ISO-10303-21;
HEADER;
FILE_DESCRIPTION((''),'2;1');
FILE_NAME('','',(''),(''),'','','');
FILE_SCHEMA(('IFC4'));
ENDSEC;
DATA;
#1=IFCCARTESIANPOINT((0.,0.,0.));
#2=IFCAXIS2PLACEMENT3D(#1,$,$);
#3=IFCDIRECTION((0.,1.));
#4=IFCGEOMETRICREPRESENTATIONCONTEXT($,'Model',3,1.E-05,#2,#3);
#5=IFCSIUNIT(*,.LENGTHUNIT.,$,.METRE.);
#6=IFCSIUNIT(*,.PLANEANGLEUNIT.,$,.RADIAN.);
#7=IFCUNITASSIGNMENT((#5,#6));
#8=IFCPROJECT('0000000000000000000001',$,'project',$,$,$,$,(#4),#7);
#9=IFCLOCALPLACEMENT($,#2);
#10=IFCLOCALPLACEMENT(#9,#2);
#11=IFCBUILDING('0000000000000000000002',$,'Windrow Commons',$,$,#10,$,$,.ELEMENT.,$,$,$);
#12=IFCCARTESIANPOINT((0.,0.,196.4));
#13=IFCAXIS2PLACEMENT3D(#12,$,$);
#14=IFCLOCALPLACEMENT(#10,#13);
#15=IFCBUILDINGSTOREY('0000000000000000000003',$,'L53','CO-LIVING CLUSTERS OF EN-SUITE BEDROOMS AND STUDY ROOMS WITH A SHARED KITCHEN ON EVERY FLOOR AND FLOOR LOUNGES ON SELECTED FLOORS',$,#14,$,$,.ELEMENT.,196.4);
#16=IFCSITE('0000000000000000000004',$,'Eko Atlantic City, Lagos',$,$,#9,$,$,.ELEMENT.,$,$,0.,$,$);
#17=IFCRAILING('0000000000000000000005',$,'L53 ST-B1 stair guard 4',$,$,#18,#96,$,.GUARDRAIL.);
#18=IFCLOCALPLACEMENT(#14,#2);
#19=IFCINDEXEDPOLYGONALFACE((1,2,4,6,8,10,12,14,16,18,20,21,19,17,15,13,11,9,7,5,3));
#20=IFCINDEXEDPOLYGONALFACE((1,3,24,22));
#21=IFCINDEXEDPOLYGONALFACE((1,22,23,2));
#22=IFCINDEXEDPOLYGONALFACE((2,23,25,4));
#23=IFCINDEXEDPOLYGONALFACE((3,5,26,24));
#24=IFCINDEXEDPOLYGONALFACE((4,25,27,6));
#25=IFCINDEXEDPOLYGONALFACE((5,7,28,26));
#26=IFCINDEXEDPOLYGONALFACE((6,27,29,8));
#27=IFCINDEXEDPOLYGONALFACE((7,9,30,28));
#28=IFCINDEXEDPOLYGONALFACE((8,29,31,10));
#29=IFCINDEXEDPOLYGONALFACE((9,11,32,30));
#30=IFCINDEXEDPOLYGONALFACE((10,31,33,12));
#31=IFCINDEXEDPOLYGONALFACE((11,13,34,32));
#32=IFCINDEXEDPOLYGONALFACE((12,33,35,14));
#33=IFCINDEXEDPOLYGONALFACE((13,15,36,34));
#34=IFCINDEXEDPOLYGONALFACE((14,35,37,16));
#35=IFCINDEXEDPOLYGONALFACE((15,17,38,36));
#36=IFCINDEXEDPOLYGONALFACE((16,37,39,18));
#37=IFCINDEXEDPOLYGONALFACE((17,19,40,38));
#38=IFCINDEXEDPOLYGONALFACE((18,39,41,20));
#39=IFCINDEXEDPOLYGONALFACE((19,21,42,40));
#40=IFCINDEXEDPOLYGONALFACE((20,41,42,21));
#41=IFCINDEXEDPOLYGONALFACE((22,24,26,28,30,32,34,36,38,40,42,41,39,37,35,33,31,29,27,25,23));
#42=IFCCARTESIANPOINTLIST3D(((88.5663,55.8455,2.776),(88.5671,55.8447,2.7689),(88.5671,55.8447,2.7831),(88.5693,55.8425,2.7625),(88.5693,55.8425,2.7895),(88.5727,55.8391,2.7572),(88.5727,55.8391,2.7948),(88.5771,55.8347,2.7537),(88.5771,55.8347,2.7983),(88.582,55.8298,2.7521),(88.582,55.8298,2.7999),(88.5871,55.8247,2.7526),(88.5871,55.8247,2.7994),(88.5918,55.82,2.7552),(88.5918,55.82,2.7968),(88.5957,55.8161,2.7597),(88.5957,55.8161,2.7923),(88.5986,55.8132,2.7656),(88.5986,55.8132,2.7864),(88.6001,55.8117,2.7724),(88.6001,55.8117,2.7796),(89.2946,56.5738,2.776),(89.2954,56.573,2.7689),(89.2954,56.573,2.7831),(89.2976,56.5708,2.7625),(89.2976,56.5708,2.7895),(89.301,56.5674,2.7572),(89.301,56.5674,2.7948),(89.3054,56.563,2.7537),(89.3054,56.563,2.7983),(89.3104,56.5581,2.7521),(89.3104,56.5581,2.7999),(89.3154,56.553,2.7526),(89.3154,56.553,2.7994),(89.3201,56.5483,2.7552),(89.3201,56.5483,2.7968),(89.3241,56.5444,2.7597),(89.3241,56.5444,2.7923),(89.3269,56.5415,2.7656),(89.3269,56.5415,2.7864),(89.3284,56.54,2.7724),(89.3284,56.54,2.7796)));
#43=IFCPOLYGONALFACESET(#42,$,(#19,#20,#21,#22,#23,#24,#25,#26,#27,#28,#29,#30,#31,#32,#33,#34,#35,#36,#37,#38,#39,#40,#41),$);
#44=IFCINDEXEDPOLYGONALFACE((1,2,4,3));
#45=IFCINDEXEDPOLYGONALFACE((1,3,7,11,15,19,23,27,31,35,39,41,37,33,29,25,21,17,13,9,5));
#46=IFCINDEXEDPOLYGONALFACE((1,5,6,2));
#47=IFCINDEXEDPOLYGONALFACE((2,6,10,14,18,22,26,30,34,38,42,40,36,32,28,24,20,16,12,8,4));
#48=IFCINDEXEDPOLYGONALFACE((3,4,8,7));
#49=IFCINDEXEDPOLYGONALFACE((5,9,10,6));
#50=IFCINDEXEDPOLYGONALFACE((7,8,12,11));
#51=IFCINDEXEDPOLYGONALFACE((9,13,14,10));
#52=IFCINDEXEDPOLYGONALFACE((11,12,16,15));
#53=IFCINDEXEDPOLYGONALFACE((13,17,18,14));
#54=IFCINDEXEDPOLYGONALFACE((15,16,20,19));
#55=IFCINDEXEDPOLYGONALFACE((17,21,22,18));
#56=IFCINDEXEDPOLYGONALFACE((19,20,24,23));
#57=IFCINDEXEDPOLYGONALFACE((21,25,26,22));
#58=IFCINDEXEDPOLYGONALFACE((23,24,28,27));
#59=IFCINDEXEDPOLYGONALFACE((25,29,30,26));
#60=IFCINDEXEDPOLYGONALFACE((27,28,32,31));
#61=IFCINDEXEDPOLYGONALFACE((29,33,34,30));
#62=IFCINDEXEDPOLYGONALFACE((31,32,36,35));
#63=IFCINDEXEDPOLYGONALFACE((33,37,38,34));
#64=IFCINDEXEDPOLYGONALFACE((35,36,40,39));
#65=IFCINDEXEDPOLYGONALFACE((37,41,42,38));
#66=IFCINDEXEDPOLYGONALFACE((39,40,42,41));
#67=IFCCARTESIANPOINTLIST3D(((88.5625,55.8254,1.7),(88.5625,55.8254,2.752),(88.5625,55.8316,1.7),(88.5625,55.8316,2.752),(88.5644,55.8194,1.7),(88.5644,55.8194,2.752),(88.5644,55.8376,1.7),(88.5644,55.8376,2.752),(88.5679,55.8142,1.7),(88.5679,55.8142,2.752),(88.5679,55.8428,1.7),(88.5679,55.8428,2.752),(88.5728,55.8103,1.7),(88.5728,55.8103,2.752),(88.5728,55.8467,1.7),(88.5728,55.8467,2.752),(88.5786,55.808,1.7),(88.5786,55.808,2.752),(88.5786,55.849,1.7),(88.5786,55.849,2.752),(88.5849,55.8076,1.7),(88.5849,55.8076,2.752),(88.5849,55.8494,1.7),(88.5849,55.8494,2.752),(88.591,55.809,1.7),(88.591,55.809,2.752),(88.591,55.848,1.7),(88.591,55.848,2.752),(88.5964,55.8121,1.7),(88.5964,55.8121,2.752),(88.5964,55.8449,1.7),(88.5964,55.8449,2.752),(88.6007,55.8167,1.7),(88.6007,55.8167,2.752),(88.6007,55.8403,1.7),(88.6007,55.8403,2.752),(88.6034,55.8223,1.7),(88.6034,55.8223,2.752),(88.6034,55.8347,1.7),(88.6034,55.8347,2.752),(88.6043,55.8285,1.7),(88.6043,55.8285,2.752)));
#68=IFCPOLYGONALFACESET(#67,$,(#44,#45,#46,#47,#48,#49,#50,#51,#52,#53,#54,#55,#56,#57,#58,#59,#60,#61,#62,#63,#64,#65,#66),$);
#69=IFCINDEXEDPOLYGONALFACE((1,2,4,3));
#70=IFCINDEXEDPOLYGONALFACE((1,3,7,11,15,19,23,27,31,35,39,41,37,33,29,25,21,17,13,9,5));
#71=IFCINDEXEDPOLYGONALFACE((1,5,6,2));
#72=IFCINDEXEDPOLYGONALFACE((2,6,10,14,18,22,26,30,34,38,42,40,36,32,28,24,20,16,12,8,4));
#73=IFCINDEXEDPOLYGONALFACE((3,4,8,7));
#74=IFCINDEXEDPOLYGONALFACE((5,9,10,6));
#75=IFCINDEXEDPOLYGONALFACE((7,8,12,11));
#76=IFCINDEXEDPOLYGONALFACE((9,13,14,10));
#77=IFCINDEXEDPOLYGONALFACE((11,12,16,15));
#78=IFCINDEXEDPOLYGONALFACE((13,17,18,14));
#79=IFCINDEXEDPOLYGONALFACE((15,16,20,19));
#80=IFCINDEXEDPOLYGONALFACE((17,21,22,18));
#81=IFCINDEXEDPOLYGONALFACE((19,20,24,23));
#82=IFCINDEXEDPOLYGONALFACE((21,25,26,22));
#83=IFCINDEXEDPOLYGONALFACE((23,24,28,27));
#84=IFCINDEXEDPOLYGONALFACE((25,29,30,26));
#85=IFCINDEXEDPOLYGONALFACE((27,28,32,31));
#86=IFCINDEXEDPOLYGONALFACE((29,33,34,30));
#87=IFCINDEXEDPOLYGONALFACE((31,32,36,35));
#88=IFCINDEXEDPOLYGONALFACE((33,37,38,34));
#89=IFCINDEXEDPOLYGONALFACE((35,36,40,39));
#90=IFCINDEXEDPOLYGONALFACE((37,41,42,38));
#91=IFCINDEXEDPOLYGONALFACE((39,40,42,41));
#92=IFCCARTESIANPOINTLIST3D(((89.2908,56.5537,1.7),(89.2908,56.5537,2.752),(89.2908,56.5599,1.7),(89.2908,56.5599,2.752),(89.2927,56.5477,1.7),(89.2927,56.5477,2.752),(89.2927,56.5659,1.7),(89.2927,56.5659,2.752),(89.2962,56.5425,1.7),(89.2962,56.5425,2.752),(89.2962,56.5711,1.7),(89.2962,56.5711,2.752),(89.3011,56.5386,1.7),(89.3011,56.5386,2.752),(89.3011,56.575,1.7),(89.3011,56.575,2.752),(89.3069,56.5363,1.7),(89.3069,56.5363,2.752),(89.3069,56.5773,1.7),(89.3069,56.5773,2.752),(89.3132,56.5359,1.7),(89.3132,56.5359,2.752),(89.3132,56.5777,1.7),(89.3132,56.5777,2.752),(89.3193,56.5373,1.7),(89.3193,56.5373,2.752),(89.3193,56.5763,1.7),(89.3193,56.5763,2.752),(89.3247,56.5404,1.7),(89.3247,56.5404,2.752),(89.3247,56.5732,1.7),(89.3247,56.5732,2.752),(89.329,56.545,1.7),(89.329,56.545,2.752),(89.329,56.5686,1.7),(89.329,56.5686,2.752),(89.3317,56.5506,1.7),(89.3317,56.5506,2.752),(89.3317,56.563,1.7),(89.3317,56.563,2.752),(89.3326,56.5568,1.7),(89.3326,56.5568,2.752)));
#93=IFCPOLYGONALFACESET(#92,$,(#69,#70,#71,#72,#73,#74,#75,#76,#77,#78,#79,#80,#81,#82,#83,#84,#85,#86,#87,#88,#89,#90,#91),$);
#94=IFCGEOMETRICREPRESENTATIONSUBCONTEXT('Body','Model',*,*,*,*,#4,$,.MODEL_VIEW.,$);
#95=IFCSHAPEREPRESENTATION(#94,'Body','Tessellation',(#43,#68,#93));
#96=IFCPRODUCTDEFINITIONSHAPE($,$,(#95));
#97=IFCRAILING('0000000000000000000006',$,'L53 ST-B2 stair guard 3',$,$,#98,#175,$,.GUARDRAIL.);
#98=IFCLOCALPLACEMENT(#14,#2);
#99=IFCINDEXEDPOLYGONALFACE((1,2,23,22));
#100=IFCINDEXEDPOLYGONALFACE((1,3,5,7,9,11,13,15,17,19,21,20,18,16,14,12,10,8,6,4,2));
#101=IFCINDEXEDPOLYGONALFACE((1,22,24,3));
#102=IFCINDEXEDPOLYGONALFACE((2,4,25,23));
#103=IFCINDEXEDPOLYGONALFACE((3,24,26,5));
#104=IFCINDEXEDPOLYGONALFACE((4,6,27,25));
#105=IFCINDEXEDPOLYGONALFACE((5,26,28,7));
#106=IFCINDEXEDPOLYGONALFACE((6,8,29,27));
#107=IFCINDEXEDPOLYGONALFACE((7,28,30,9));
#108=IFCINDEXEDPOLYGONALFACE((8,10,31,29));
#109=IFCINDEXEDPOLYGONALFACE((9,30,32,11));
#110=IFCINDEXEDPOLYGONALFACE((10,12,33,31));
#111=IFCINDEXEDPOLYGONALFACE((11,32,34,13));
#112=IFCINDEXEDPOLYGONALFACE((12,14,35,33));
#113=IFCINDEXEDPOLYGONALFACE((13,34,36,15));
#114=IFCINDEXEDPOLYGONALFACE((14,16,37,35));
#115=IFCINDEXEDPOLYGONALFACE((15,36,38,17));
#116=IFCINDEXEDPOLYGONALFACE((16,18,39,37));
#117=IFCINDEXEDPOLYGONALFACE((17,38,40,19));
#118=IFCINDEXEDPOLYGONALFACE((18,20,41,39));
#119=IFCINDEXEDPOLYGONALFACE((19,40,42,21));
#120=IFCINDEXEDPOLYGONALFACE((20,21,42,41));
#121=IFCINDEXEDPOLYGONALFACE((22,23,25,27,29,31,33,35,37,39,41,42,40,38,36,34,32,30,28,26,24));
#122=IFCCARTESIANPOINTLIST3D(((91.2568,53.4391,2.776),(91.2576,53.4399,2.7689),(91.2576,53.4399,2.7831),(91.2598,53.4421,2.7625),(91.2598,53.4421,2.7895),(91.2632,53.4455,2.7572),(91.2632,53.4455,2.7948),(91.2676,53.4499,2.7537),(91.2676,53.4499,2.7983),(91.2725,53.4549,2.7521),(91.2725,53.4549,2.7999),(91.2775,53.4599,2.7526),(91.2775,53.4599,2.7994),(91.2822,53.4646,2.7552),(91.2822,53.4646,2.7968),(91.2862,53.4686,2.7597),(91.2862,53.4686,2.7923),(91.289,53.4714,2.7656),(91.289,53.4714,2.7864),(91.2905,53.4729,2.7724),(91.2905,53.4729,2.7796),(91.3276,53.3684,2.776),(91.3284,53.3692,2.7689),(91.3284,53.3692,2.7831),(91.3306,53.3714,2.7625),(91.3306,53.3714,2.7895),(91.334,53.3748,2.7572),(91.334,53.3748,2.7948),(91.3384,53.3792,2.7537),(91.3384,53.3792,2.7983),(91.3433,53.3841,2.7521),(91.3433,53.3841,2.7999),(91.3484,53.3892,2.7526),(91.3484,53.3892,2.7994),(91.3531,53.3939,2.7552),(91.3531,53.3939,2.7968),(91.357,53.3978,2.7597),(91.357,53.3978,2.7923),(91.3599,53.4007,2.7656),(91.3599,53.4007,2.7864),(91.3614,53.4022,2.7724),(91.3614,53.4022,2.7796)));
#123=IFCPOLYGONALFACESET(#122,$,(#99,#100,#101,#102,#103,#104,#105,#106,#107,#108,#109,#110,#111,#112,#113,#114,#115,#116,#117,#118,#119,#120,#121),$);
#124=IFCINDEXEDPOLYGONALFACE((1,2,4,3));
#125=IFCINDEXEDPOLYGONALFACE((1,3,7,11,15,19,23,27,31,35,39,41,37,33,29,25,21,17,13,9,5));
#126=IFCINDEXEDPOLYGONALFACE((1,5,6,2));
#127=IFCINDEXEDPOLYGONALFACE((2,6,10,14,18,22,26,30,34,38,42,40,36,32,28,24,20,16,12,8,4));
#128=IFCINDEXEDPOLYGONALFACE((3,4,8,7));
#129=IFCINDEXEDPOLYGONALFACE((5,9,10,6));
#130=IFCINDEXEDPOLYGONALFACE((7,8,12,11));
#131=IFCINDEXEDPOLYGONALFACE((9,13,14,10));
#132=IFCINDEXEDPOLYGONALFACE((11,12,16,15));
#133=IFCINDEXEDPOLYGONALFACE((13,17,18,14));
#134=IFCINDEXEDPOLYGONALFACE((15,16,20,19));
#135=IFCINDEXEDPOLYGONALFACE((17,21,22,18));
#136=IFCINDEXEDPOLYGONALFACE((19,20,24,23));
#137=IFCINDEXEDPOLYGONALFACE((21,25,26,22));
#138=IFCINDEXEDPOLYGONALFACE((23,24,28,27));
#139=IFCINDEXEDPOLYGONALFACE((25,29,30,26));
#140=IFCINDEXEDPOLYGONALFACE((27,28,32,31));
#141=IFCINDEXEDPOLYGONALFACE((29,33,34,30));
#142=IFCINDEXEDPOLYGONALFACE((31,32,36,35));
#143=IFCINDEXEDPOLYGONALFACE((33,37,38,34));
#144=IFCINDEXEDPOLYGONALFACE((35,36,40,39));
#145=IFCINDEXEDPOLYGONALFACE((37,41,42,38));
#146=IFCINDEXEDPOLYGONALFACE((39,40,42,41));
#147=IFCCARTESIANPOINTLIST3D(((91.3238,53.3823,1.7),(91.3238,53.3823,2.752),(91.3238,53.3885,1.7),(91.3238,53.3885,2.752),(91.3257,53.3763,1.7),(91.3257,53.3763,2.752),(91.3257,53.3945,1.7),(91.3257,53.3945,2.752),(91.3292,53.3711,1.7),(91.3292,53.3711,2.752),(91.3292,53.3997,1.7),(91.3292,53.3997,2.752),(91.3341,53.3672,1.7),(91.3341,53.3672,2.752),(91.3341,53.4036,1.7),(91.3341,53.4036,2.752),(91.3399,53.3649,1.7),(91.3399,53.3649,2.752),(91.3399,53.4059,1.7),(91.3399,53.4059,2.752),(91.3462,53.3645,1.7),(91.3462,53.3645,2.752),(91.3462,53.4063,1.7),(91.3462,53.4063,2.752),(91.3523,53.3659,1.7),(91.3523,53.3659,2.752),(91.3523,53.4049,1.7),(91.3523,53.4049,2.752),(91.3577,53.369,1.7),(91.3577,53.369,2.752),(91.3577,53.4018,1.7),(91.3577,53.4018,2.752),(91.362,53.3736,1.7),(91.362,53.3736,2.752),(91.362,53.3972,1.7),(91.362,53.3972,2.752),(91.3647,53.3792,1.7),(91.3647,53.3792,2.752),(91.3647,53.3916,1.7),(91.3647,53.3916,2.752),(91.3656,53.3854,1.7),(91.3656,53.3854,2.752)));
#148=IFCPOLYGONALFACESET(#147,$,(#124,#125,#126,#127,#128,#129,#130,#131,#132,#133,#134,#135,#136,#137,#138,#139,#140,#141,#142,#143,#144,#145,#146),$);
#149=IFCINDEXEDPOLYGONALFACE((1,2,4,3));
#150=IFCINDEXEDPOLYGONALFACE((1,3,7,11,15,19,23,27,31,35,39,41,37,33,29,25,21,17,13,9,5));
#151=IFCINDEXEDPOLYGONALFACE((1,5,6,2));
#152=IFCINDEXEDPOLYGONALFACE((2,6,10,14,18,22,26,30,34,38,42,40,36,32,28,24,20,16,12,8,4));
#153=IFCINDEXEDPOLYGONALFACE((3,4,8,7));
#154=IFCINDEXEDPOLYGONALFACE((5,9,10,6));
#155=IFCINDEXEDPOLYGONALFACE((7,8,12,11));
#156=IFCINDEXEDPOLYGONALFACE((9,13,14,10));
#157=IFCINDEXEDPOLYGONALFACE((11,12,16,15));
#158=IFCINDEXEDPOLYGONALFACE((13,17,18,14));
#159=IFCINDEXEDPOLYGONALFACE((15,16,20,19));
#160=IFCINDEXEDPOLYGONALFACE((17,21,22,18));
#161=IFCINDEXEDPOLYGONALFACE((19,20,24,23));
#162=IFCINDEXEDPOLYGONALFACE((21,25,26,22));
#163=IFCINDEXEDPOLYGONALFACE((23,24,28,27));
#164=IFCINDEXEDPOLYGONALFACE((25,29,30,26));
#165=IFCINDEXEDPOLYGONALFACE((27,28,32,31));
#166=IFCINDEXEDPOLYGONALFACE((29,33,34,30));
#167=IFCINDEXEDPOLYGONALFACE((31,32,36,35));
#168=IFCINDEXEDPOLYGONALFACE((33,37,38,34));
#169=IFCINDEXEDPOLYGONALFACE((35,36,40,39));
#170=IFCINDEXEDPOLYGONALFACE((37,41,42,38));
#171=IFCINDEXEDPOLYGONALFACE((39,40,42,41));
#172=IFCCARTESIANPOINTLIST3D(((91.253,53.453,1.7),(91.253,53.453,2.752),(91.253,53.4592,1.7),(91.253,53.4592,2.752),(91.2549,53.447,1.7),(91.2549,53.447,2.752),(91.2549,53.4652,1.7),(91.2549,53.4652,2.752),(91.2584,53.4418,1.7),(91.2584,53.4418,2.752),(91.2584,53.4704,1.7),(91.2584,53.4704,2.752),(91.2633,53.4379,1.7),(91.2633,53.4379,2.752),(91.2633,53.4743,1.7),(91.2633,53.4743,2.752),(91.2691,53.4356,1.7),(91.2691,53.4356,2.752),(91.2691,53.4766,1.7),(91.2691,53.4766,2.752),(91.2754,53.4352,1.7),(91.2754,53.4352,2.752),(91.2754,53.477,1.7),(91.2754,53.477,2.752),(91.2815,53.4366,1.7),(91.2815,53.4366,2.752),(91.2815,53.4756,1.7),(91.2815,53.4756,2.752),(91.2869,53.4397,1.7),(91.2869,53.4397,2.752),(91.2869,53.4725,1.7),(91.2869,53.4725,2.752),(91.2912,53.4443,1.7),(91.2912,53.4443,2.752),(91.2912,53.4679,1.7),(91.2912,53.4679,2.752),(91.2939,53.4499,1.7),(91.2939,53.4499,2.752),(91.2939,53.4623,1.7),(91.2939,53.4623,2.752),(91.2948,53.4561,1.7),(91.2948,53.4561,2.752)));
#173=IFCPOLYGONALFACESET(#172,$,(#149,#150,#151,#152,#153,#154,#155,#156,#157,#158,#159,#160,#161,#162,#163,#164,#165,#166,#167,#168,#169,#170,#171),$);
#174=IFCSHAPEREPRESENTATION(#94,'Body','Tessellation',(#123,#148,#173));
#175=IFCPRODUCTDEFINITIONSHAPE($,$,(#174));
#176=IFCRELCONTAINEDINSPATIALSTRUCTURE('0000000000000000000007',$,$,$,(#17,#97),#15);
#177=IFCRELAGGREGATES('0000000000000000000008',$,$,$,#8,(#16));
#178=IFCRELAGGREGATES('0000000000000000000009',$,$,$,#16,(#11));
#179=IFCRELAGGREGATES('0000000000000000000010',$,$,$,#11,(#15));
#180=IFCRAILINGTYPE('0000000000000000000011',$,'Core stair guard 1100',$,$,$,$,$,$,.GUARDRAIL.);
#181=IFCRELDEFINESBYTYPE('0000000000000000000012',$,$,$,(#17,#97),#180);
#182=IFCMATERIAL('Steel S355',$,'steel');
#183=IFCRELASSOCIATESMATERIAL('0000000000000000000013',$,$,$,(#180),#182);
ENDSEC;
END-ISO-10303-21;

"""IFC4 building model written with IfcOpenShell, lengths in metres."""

from ifc_helpers import new_model, si_unit, direction, frame, origin, origin_2d, place, context, subcontext, project, spatial, circle, extrude, material, type_object, element, save


model = new_model("IFC4")

# Units and contexts
model_context = context("Model", 3, precision=1e-05, world=origin(), true_north=direction((0.0, 1.0)))
body_context = subcontext(model_context, "Body", "Model", "MODEL_VIEW")
ifc_project = project(units=[si_unit("LENGTHUNIT", "METRE"), si_unit("PLANEANGLEUNIT", "RADIAN")], contexts=[model_context])

# Site, building, storey
site_placement = place(None, origin())
site = spatial("IfcSite", under=ifc_project, at=site_placement, Name="Eko Atlantic City, Lagos", CompositionType="ELEMENT", RefElevation=0.0)
building_placement = place(site_placement, origin())
building = spatial("IfcBuilding", under=site, at=building_placement, Name="Windrow Commons", CompositionType="ELEMENT")
storey_placement = place(building_placement, frame((0.0, 0.0, 196.4)))
storey = spatial("IfcBuildingStorey", under=building, at=storey_placement, Name="L53", Description="CO-LIVING CLUSTERS OF EN-SUITE BEDROOMS AND STUDY ROOMS WITH A SHARED KITCHEN ON EVERY FLOOR AND FLOOR LOUNGES ON SELECTED FLOORS", CompositionType="ELEMENT", Elevation=196.4)

# Railings
ifc_material_1 = material(Name="Steel S355", Category="steel")
railing_type_1 = type_object("IfcRailingType", Name="Core stair guard 1100", PredefinedType="GUARDRAIL", material=ifc_material_1)
railing_1_placement = place(storey_placement, frame((88.5833, 55.8285, 1.7)))
element("IfcRailing", 1, at=railing_1_placement, inside=storey, type_object=railing_type_1, Name="L53 ST-B1 stair guard 4", PredefinedType="GUARDRAIL", context=body_context, shape_type="SweptSolid", body=[
    extrude(circle(Radius=0.024, at=origin_2d()), frame((0.0, 0.0, 1.076), z_axis=(0.707107, 0.707107, 0.0), x_axis=(-0.707107, 0.707107, 0.0)), (0.0, 0.0, 1.0), 1.03),
    extrude(circle(Radius=0.021, at=origin_2d()), origin(), (0.0, 0.0, 1.0), 1.052),
    extrude(circle(Radius=0.021, at=origin_2d()), frame((0.7283, 0.7283, 0.0)), (0.0, 0.0, 1.0), 1.052),
])
railing_2_placement = place(storey_placement, frame((91.3446, 53.3854, 1.7)))
element("IfcRailing", 2, at=railing_2_placement, inside=storey, type_object=railing_type_1, Name="L53 ST-B2 stair guard 3", PredefinedType="GUARDRAIL", context=body_context, shape_type="SweptSolid", body=[
    extrude(circle(Radius=0.024, at=origin_2d()), frame((0.0, 0.0, 1.076), z_axis=(-0.707606, 0.706607, 0.0), x_axis=(-0.706607, -0.707606, 0.0)), (0.0, 0.0, 1.0), 0.1001),
    extrude(circle(Radius=0.021, at=origin_2d()), origin(), (0.0, 0.0, 1.0), 1.052),
    extrude(circle(Radius=0.021, at=origin_2d()), frame((-0.0708, 0.0707, 0.0)), (0.0, 0.0, 1.0), 1.052),
])

save(model, "model.ifc")
